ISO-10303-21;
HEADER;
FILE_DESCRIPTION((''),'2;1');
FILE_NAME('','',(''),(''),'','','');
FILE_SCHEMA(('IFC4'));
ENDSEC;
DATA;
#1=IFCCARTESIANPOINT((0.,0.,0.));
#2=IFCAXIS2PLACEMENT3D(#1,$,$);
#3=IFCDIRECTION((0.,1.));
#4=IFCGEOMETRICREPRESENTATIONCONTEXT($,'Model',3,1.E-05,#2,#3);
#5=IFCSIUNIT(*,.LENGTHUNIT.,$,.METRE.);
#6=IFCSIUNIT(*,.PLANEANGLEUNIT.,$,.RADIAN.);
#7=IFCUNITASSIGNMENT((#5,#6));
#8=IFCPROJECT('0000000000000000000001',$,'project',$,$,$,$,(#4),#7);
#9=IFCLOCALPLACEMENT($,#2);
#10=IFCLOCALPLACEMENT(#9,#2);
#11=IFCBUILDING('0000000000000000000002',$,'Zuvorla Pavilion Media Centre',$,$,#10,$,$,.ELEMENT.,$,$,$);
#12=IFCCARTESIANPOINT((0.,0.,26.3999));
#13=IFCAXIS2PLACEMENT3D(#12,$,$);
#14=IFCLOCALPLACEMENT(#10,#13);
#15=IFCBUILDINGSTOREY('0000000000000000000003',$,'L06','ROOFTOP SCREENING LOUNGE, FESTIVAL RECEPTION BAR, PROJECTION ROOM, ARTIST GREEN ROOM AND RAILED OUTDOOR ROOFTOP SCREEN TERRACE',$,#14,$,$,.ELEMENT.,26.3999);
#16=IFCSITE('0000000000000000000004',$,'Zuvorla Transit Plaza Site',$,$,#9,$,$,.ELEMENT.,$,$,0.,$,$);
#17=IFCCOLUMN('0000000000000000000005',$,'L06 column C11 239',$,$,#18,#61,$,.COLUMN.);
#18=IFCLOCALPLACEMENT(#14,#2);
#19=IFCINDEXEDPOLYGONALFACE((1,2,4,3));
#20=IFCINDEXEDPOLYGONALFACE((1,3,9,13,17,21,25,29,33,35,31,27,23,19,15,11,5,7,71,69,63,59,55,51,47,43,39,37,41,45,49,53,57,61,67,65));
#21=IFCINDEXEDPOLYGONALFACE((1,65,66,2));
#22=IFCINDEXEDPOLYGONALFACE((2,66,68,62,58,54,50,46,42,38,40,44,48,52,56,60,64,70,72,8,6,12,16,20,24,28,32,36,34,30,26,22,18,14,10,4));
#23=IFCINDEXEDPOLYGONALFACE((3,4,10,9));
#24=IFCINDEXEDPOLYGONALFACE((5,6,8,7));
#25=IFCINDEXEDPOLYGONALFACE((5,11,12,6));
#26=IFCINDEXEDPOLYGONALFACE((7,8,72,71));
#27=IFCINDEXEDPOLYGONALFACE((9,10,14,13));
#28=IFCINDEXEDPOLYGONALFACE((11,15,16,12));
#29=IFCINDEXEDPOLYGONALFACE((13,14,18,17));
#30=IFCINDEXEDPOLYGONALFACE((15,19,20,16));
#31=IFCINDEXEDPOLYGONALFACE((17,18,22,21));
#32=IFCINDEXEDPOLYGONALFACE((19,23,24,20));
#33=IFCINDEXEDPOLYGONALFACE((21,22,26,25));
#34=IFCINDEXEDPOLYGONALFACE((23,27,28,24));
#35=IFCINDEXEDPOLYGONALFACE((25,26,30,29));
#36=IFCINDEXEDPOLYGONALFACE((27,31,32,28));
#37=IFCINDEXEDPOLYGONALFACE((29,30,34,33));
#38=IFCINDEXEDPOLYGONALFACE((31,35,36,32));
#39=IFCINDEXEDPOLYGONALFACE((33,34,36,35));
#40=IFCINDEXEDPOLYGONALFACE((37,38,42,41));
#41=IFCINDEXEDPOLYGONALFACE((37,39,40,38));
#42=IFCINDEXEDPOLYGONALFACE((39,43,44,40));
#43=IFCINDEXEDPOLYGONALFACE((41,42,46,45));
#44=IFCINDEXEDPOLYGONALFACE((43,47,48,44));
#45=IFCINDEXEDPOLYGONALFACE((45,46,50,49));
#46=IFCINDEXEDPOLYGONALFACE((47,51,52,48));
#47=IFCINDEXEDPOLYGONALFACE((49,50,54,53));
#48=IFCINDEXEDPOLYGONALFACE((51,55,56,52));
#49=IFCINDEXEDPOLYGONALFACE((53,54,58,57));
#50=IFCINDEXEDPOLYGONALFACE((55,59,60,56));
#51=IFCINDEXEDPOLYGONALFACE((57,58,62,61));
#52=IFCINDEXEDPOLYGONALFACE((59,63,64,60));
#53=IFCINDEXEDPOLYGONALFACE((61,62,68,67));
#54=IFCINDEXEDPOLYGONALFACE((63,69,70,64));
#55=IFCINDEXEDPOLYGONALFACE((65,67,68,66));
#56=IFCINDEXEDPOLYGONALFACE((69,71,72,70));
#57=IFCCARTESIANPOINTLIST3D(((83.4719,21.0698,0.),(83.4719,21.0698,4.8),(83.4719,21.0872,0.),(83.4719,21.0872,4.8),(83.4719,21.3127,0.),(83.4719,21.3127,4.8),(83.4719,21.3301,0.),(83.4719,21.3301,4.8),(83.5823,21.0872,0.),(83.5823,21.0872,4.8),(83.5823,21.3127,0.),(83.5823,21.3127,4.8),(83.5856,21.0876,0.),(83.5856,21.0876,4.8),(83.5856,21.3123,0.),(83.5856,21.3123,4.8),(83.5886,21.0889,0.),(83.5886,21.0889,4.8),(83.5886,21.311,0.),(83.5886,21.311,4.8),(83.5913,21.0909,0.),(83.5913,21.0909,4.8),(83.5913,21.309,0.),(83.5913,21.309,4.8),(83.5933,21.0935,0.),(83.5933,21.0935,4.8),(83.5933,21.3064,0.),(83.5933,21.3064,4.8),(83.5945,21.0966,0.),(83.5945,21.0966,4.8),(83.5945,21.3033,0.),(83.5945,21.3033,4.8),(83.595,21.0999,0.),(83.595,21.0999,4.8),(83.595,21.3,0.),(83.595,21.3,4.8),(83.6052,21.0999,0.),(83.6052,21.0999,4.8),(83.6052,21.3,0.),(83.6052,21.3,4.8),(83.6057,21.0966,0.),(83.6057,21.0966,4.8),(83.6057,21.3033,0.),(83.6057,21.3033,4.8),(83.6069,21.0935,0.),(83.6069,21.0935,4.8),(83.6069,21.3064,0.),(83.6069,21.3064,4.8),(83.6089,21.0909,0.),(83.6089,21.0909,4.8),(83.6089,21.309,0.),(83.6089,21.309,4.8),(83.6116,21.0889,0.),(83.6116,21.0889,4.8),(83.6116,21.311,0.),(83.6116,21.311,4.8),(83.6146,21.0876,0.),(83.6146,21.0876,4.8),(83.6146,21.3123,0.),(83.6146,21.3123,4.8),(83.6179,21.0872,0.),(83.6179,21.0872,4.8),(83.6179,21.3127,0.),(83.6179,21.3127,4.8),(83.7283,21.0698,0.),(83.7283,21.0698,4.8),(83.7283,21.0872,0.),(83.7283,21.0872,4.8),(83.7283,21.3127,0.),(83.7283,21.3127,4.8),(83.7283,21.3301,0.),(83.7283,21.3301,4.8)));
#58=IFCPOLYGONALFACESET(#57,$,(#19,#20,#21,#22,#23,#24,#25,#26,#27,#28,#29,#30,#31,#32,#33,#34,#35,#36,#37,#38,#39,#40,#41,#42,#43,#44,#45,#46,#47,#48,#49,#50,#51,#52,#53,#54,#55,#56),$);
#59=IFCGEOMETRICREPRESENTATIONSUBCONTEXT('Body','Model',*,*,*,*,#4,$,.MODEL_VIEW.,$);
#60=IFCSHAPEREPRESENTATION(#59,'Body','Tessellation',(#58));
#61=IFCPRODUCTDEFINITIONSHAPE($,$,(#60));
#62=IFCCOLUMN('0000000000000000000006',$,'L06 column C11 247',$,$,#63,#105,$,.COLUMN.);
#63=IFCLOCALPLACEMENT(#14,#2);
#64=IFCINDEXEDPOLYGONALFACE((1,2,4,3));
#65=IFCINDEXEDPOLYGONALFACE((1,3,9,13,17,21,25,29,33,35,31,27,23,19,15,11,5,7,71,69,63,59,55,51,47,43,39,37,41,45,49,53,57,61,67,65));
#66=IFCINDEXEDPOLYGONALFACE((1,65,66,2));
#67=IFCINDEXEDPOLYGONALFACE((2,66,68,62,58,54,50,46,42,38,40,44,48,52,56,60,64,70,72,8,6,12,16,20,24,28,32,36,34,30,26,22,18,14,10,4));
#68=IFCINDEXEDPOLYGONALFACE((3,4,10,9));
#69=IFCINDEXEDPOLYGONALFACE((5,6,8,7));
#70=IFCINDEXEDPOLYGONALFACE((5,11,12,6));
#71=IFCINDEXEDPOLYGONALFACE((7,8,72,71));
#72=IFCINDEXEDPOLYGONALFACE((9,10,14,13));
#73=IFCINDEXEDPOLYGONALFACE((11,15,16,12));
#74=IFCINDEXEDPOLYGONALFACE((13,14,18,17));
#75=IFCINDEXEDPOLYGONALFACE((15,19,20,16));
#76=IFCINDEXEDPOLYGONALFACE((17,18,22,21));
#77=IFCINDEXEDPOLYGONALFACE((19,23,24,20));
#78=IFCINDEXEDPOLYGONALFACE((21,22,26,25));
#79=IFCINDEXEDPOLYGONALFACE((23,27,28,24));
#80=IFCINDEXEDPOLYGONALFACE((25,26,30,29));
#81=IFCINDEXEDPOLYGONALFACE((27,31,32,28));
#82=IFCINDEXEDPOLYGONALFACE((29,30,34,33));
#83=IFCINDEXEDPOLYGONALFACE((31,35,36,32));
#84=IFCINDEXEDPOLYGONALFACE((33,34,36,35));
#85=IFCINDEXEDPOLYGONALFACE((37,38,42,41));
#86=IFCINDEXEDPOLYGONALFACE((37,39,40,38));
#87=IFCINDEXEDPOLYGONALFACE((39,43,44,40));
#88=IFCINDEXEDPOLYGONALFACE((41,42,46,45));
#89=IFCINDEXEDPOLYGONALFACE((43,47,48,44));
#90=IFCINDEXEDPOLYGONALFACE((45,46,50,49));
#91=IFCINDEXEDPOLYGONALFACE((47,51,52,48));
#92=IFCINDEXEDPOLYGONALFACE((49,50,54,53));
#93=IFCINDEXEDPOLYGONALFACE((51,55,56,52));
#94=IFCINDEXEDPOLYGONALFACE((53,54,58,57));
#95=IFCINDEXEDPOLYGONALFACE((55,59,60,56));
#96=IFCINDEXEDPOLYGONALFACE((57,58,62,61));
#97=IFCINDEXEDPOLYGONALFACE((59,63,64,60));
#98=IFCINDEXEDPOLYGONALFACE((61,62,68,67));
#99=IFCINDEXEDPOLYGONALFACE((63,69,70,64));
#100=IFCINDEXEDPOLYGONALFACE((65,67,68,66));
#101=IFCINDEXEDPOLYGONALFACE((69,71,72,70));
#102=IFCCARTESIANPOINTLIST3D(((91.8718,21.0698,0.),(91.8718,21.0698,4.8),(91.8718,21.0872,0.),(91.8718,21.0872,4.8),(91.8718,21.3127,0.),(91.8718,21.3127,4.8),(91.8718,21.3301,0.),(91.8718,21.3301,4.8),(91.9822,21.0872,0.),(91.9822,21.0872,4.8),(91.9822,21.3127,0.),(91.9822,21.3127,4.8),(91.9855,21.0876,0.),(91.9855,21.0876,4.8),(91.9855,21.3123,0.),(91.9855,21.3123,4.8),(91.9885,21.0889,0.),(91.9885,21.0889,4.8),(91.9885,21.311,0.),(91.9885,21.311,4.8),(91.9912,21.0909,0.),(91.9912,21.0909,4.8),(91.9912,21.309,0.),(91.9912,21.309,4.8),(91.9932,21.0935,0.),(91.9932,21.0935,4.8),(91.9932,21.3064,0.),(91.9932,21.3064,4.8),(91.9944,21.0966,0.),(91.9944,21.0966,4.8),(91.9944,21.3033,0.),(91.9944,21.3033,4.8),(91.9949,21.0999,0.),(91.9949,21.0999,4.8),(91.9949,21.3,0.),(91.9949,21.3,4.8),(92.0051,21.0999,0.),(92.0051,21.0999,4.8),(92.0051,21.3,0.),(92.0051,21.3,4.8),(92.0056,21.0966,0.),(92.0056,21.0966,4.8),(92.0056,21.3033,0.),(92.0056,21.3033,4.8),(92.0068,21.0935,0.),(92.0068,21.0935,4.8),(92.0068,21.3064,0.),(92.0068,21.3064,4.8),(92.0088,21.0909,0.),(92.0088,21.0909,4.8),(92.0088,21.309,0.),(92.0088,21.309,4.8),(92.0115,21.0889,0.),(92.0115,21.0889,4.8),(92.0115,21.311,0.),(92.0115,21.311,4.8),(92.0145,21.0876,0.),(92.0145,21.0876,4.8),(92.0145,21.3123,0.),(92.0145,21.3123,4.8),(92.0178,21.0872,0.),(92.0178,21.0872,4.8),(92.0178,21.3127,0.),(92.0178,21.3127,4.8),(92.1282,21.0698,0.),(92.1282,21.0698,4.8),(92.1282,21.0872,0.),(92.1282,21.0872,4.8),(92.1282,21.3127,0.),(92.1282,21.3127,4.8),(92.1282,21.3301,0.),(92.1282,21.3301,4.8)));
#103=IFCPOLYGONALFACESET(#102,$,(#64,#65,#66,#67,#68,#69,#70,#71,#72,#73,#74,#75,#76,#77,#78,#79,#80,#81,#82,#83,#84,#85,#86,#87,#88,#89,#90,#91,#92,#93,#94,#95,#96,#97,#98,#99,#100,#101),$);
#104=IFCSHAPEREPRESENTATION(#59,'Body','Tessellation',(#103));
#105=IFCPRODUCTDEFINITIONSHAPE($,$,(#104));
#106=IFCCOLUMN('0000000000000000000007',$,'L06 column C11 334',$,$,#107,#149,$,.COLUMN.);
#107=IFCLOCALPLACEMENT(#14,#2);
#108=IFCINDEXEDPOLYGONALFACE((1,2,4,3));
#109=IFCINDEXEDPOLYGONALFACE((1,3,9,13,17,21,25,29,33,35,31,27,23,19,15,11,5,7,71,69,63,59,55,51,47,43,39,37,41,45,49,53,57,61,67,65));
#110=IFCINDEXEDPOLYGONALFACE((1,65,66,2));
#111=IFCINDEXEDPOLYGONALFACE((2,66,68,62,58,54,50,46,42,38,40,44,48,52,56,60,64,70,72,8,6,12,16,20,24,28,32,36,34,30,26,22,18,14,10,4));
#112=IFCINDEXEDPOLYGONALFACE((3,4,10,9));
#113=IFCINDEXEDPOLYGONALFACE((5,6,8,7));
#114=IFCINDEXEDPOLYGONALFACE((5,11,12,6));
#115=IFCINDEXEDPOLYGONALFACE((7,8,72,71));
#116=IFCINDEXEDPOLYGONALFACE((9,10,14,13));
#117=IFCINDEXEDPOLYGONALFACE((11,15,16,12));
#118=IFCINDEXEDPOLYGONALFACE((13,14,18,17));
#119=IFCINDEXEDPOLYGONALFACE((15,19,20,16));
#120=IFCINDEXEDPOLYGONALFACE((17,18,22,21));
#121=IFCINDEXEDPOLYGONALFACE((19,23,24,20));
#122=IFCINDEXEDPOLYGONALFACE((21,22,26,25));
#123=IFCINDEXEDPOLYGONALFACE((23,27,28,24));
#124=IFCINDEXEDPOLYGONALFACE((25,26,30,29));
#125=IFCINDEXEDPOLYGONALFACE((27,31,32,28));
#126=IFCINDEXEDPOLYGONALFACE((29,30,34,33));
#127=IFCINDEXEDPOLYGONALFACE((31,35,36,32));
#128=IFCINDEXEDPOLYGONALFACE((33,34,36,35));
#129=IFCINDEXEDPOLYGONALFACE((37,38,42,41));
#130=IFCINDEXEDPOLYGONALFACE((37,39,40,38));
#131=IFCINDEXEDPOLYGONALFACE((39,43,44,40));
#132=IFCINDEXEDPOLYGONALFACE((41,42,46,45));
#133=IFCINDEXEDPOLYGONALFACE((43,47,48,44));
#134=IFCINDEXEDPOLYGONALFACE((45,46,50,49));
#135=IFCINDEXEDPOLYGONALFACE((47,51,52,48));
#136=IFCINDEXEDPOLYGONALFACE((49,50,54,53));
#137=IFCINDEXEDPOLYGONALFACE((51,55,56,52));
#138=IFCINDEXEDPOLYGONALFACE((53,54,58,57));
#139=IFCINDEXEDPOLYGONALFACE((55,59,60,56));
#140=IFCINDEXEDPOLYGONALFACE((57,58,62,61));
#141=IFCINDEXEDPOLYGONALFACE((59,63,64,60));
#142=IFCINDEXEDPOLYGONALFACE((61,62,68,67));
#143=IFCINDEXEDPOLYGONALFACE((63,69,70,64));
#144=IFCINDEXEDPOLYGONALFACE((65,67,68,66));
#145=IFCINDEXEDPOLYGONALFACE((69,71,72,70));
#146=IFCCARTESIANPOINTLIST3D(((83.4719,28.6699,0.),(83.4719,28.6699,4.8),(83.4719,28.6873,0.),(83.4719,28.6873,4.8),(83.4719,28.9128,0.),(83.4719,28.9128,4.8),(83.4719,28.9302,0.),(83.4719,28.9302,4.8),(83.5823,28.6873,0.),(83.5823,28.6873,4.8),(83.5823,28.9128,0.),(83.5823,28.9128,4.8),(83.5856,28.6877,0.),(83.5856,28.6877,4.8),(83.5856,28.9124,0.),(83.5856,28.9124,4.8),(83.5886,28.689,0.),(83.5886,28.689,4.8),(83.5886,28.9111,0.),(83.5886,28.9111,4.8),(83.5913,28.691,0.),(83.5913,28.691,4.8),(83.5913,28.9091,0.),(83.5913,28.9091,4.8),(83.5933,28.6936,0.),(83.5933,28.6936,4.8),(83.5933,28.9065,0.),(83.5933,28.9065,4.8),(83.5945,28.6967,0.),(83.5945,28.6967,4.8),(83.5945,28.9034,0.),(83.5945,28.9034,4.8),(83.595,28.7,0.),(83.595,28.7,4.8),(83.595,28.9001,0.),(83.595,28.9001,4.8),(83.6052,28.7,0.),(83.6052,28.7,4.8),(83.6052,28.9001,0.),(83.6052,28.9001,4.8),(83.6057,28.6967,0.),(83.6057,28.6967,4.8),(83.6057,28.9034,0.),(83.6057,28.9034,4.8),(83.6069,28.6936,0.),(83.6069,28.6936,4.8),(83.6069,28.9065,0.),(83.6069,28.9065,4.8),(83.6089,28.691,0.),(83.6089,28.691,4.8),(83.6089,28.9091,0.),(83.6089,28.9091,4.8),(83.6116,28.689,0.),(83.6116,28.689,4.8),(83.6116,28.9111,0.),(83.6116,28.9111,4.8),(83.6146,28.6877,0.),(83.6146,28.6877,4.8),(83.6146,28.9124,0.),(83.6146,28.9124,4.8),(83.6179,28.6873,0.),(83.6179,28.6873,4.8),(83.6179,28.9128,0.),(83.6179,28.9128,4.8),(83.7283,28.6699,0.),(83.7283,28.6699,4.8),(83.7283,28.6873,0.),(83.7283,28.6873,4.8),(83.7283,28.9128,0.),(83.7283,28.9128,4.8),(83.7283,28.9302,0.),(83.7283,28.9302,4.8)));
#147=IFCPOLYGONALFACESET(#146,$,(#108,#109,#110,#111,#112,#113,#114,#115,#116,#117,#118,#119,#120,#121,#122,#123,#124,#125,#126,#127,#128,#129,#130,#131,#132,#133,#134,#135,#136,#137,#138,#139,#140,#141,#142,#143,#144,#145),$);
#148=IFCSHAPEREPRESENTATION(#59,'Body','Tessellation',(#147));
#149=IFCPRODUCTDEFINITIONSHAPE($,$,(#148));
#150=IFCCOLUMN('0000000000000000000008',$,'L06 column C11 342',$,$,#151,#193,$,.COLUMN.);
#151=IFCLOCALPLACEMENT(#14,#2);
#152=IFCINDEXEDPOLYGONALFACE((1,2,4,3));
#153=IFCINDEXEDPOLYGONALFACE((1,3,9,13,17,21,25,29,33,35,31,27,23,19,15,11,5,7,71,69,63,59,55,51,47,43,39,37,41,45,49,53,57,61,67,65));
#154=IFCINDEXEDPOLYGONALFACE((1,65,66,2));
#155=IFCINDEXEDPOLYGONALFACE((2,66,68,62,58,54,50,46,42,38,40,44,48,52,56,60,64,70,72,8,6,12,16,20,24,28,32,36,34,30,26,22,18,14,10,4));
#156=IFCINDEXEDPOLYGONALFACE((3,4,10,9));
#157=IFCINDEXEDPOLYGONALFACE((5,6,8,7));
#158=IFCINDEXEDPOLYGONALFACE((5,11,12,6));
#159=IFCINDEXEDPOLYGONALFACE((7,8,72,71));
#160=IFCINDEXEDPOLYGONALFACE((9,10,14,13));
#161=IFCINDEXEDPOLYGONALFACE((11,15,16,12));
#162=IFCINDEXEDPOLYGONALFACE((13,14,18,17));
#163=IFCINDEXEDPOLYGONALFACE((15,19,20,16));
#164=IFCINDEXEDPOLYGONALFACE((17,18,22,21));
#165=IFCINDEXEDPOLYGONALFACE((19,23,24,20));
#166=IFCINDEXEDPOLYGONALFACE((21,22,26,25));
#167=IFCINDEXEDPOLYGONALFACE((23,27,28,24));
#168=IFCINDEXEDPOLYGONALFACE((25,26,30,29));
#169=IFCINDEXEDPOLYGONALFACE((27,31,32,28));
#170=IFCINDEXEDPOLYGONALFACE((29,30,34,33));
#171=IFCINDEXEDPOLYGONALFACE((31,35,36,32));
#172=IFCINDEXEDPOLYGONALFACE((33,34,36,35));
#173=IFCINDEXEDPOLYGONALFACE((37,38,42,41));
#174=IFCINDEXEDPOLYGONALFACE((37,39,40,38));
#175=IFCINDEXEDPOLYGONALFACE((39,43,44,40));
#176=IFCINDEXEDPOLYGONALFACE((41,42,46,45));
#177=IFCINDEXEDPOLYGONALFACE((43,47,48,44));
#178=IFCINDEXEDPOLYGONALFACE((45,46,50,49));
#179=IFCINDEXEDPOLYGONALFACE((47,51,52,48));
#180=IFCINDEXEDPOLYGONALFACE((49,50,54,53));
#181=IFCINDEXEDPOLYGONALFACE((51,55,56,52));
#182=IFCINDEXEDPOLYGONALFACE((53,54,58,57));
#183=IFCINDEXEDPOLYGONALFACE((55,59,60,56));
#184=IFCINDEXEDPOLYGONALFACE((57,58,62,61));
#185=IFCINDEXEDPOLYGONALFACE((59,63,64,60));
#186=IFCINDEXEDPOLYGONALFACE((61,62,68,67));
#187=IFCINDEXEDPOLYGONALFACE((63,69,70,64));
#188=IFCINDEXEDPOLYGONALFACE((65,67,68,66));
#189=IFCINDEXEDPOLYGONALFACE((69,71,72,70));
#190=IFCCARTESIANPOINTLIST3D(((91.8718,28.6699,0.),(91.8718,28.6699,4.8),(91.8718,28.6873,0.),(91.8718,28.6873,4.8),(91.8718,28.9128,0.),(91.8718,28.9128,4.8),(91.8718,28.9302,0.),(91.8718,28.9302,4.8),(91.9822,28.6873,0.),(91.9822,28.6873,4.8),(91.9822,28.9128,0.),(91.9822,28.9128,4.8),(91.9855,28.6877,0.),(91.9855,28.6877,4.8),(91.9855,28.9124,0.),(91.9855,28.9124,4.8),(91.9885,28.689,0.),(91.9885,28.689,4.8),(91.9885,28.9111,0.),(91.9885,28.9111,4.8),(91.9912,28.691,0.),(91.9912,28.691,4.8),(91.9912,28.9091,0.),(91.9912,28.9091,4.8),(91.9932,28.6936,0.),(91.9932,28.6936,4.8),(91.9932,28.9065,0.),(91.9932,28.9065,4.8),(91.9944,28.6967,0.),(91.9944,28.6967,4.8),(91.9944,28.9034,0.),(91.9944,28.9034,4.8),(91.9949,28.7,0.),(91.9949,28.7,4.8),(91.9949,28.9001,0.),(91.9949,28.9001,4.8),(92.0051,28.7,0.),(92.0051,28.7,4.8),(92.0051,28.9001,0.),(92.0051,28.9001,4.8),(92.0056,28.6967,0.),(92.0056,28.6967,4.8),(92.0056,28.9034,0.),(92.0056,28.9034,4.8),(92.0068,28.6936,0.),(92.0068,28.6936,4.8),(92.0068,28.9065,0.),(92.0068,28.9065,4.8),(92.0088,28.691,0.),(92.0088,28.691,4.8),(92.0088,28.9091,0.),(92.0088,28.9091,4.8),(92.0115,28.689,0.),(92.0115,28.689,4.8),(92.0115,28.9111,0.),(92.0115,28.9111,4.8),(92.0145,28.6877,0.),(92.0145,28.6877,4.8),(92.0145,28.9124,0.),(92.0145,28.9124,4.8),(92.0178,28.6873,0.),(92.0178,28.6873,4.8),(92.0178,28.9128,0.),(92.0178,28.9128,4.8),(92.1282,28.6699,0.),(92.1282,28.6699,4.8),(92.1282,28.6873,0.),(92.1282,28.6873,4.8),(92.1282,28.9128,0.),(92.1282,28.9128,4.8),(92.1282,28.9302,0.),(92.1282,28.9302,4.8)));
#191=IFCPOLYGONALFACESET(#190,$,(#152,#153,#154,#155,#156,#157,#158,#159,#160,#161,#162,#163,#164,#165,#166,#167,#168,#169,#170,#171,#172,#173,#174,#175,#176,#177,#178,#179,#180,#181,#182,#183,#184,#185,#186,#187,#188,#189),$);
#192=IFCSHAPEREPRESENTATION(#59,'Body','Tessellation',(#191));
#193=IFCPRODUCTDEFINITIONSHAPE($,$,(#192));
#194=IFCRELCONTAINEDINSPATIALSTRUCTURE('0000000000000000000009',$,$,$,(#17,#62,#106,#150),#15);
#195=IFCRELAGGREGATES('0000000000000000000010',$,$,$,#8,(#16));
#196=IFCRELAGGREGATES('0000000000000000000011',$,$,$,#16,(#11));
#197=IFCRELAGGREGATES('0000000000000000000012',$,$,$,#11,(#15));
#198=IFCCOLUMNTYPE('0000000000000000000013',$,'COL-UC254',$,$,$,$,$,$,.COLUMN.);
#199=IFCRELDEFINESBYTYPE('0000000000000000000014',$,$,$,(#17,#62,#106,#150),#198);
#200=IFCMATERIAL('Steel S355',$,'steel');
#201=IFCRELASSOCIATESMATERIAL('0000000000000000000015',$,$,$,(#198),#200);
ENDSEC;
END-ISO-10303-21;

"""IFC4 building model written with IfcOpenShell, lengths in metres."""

from ifc_helpers import new_model, si_unit, direction, frame, origin, origin_2d, place, context, subcontext, project, spatial, i_section, extrude, material, material_profile, profile_set, type_object, element, save


model = new_model("IFC4")

# Units and contexts
model_context = context("Model", 3, precision=1e-05, world=origin(), true_north=direction((0.0, 1.0)))
body_context = subcontext(model_context, "Body", "Model", "MODEL_VIEW")
ifc_project = project(units=[si_unit("LENGTHUNIT", "METRE"), si_unit("PLANEANGLEUNIT", "RADIAN")], contexts=[model_context])

# Site, building, storey
site_placement = place(None, origin())
site = spatial("IfcSite", under=ifc_project, at=site_placement, Name="Zuvorla Transit Plaza Site", CompositionType="ELEMENT", RefElevation=0.0)
building_placement = place(site_placement, origin())
building = spatial("IfcBuilding", under=site, at=building_placement, Name="Zuvorla Pavilion Media Centre", CompositionType="ELEMENT")
storey_placement = place(building_placement, frame((0.0, 0.0, 26.3999)))
storey = spatial("IfcBuildingStorey", under=building, at=storey_placement, Name="L06", Description="ROOFTOP SCREENING LOUNGE, FESTIVAL RECEPTION BAR, PROJECTION ROOM, ARTIST GREEN ROOM AND RAILED OUTDOOR ROOFTOP SCREEN TERRACE", CompositionType="ELEMENT", Elevation=26.3999)

# Columns
ifc_material_1 = material(Name="Steel S355", Category="steel")
ifc_material_profile_1 = material_profile(ifc_material_1, i_section(OverallWidth=0.2563, OverallDepth=0.2603, WebThickness=0.0103, FlangeThickness=0.0173, FilletRadius=0.0127, at=origin_2d()), Name="UC 254x254x89")
ifc_profile_set_1 = profile_set([ifc_material_profile_1], Name="Steel S355")
column_type = type_object("IfcColumnType", Name="COL-UC254", PredefinedType="COLUMN", material=ifc_profile_set_1)
for number, where, z_axis, x_axis, name in (
    (1, (83.6001, 21.2, 0.0), (0.0, 0.0, 1.0), (1.0, 0.0, 0.0), "L06 column C11 239"),
    (2, (92.0, 21.2, 0.0), (0.0, 0.0, 1.0), (1.0, 0.0, 0.0), "L06 column C11 247"),
    (3, (83.6001, 28.8, 0.0), (0.0, 0.0, 1.0), (1.0, 0.0, 0.0), "L06 column C11 334"),
    (4, (92.0, 28.8, 0.0), (0.0, 0.0, 1.0), (1.0, 0.0, 0.0), "L06 column C11 342"),
):
    element("IfcColumn", number, at=place(storey_placement, frame(where, z_axis=z_axis, x_axis=x_axis)), inside=storey, type_object=column_type, Name=name, PredefinedType="COLUMN", context=body_context, shape_type="SweptSolid", body=[
        extrude(i_section(OverallWidth=0.2563, OverallDepth=0.2603, WebThickness=0.0103, FlangeThickness=0.0173, FilletRadius=0.0127, at=origin_2d()), origin(), (0.0, 0.0, 1.0), 4.8),
    ])

save(model, "model.ifc")
